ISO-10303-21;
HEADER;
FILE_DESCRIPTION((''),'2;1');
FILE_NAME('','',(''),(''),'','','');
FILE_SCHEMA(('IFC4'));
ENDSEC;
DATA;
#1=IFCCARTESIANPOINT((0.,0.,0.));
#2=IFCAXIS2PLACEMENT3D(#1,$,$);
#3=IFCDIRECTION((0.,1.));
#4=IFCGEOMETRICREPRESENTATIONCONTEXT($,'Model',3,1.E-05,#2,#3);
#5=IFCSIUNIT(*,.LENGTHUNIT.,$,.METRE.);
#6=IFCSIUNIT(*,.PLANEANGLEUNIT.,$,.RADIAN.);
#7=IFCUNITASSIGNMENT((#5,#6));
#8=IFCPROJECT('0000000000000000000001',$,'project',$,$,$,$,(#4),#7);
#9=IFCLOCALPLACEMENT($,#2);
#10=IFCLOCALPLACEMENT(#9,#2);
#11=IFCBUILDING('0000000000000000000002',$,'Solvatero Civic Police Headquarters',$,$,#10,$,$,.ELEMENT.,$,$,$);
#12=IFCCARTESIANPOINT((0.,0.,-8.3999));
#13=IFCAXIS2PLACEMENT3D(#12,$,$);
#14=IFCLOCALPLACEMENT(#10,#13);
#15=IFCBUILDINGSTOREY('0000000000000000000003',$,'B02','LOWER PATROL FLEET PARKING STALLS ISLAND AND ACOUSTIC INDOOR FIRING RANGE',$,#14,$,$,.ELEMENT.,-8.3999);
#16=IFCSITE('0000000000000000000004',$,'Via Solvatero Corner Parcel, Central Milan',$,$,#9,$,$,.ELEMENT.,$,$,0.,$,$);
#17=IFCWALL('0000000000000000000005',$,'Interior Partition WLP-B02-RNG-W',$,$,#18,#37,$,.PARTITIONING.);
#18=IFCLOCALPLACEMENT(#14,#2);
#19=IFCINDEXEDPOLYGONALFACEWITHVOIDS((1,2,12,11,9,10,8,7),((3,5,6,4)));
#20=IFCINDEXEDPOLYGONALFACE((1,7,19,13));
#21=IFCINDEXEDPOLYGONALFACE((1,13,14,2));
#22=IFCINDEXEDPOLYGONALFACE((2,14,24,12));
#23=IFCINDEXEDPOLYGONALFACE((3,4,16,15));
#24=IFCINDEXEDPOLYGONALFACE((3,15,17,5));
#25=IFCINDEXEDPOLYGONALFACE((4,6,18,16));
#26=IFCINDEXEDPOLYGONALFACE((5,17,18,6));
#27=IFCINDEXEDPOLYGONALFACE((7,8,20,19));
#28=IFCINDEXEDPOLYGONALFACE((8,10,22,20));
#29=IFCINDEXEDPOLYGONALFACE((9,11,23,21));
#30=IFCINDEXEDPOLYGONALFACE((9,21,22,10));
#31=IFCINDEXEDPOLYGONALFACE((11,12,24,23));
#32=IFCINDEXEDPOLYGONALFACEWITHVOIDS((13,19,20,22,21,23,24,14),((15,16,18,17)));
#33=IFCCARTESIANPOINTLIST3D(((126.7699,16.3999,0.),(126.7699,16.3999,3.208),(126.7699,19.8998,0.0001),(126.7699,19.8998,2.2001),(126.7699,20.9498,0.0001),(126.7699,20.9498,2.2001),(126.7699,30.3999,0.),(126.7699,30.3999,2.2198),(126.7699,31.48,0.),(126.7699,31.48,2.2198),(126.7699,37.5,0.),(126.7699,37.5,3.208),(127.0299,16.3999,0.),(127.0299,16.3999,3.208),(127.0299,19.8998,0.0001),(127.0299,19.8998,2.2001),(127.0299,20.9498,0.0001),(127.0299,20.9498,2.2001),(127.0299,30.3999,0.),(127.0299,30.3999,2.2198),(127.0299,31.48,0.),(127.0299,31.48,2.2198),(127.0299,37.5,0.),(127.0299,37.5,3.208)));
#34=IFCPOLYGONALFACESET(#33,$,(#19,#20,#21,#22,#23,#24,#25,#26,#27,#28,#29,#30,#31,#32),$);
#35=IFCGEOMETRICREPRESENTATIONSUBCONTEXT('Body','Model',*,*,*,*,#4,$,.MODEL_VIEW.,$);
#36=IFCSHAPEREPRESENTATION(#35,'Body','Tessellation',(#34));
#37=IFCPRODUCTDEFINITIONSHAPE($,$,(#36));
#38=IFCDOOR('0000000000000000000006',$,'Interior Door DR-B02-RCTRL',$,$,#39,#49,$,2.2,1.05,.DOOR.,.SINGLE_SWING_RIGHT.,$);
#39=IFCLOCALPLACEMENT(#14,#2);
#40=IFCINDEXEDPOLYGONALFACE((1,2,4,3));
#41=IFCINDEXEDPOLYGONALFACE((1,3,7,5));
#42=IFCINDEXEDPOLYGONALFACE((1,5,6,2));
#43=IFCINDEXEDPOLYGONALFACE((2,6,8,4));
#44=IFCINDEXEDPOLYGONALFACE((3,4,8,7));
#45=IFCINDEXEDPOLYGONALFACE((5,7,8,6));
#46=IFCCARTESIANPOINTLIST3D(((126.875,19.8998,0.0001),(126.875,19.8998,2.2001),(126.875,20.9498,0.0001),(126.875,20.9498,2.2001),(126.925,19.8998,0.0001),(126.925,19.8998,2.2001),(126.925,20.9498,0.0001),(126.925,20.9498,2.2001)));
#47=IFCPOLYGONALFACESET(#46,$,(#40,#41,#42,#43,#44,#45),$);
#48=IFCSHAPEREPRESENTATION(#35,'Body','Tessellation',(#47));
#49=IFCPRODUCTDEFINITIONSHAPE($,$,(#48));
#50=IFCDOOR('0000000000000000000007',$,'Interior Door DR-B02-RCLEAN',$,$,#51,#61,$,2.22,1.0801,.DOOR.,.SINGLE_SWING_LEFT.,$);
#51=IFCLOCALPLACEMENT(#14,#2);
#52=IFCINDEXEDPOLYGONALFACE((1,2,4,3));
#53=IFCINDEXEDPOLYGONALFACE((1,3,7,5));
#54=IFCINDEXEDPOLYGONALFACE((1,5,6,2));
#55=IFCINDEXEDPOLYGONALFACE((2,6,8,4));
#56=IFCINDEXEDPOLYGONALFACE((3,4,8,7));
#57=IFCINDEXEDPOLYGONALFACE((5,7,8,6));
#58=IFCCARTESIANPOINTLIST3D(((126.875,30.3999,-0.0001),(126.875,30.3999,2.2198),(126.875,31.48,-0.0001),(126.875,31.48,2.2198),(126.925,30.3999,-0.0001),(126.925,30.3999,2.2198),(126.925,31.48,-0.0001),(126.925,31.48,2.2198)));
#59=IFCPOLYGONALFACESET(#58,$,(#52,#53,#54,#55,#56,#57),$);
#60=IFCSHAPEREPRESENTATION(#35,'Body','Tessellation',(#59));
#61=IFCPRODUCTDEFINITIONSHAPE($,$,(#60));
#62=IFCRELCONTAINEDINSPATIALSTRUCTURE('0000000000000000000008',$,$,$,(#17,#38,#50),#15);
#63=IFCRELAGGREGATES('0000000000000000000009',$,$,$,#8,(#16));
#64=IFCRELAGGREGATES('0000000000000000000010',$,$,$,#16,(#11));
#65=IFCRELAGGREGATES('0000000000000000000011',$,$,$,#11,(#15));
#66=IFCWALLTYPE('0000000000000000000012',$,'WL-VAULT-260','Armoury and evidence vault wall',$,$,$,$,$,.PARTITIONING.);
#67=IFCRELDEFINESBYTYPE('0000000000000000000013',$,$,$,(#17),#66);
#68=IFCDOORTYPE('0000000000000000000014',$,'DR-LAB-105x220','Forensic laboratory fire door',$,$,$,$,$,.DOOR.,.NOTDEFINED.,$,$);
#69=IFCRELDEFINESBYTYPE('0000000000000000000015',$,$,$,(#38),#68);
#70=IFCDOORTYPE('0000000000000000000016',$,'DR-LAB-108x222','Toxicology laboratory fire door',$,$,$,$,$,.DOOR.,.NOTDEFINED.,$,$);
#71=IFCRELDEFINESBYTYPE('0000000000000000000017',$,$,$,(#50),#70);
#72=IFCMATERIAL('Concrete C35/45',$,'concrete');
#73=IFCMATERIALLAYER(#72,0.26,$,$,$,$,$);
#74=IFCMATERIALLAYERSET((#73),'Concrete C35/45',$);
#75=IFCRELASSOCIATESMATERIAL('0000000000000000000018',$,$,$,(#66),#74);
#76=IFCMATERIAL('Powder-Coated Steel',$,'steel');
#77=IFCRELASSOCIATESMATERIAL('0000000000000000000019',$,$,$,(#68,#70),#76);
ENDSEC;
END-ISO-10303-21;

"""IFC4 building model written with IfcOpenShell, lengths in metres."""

from ifc_helpers import new_model, si_unit, direction, frame, frame_2d, origin, place, context, subcontext, project, spatial, rectangle, extrude, material, layer, layer_set, type_object, element, fill, save


model = new_model("IFC4")

# Units and contexts
model_context = context("Model", 3, precision=1e-05, world=origin(), true_north=direction((0.0, 1.0)))
body_context = subcontext(model_context, "Body", "Model", "MODEL_VIEW")
ifc_project = project(units=[si_unit("LENGTHUNIT", "METRE"), si_unit("PLANEANGLEUNIT", "RADIAN")], contexts=[model_context])

# Site, building, storey
site_placement = place(None, origin())
site = spatial("IfcSite", under=ifc_project, at=site_placement, Name="Via Solvatero Corner Parcel, Central Milan", CompositionType="ELEMENT", RefElevation=0.0)
building_placement = place(site_placement, origin())
building = spatial("IfcBuilding", under=site, at=building_placement, Name="Solvatero Civic Police Headquarters", CompositionType="ELEMENT")
storey_placement = place(building_placement, frame((0.0, 0.0, -8.3999)))
storey = spatial("IfcBuildingStorey", under=building, at=storey_placement, Name="B02", Description="LOWER PATROL FLEET PARKING STALLS ISLAND AND ACOUSTIC INDOOR FIRING RANGE", CompositionType="ELEMENT", Elevation=-8.3999)

# Shared definitions
ifc_material_1 = material(Name="Concrete C35/45", Category="concrete")

# Wall, openings, doors
ifc_layer = layer(ifc_material_1, 0.26)
ifc_layer_set = layer_set([ifc_layer], Name="Concrete C35/45")
wall_type = type_object("IfcWallType", Name="WL-VAULT-260", Description="Armoury and evidence vault wall", PredefinedType="PARTITIONING", material=ifc_layer_set)
wall_placement = place(storey_placement, frame((126.8999, 16.3999, 0.0), z_axis=(0.0, 0.0, 1.0), x_axis=(0.0, 1.0, 0.0)))
wall = element("IfcWall", 1, at=wall_placement, inside=storey, type_object=wall_type, Name="Interior Partition WLP-B02-RNG-W", PredefinedType="PARTITIONING", context=body_context, shape_type="SweptSolid", body=[
    extrude(rectangle(XDim=21.1001, YDim=0.26, at=frame_2d((10.55, 0.0))), origin(), (0.0, 0.0, 1.0), 3.208),
])
opening_1_placement = place(wall_placement, frame((3.5, 0.0, 0.0)))
opening_1 = element("IfcOpeningElement", 2, at=opening_1_placement, cuts=wall, PredefinedType="OPENING", context=body_context, shape_type="SweptSolid", body=[
    extrude(rectangle(XDim=1.05, YDim=2.2, at=frame_2d((0.5249, 1.1001))), frame((0.0, 0.1399, 0.0), z_axis=(0.0, -1.0, 0.0), x_axis=(1.0, 0.0, 0.0)), (0.0, 0.0, 1.0), 0.28),
])
opening_2_placement = place(wall_placement, frame((14.0, 0.0, 0.0)))
opening_2 = element("IfcOpeningElement", 3, at=opening_2_placement, cuts=wall, PredefinedType="OPENING", context=body_context, shape_type="SweptSolid", body=[
    extrude(rectangle(XDim=1.0801, YDim=2.22, at=frame_2d((0.54, 1.1099))), frame((0.0, 0.1399, 0.0), z_axis=(0.0, -1.0, 0.0), x_axis=(1.0, 0.0, 0.0)), (0.0, 0.0, 1.0), 0.28),
])
ifc_material_2 = material(Name="Powder-Coated Steel", Category="steel")
door_type_1 = type_object("IfcDoorType", Name="DR-LAB-105x220", Description="Forensic laboratory fire door", OperationType="NOTDEFINED", PredefinedType="DOOR", material=ifc_material_2)
door_1_placement = place(opening_1_placement, origin())
door_1 = element("IfcDoor", 4, at=door_1_placement, inside=storey, type_object=door_type_1, Name="Interior Door DR-B02-RCTRL", OperationType="SINGLE_SWING_RIGHT", OverallHeight=2.2, OverallWidth=1.05, PredefinedType="DOOR", context=body_context, shape_type="SweptSolid", body=[
    extrude(rectangle(XDim=1.05, YDim=2.2, at=frame_2d((0.5249, 1.1001))), frame((0.0, 0.0249, 0.0), z_axis=(0.0, -1.0, 0.0), x_axis=(1.0, 0.0, 0.0)), (0.0, 0.0, 1.0), 0.05),
])
fill(opening_1, door_1)
door_type_2 = type_object("IfcDoorType", Name="DR-LAB-108x222", Description="Toxicology laboratory fire door", OperationType="NOTDEFINED", PredefinedType="DOOR", material=ifc_material_2)
door_2_placement = place(opening_2_placement, origin())
door_2 = element("IfcDoor", 5, at=door_2_placement, inside=storey, type_object=door_type_2, Name="Interior Door DR-B02-RCLEAN", OperationType="SINGLE_SWING_LEFT", OverallHeight=2.22, OverallWidth=1.0801, PredefinedType="DOOR", context=body_context, shape_type="SweptSolid", body=[
    extrude(rectangle(XDim=1.0801, YDim=2.22, at=frame_2d((0.54, 1.1099))), frame((0.0, 0.0249, 0.0), z_axis=(0.0, -1.0, 0.0), x_axis=(1.0, 0.0, 0.0)), (0.0, 0.0, 1.0), 0.05),
])
fill(opening_2, door_2)

save(model, "model.ifc")
